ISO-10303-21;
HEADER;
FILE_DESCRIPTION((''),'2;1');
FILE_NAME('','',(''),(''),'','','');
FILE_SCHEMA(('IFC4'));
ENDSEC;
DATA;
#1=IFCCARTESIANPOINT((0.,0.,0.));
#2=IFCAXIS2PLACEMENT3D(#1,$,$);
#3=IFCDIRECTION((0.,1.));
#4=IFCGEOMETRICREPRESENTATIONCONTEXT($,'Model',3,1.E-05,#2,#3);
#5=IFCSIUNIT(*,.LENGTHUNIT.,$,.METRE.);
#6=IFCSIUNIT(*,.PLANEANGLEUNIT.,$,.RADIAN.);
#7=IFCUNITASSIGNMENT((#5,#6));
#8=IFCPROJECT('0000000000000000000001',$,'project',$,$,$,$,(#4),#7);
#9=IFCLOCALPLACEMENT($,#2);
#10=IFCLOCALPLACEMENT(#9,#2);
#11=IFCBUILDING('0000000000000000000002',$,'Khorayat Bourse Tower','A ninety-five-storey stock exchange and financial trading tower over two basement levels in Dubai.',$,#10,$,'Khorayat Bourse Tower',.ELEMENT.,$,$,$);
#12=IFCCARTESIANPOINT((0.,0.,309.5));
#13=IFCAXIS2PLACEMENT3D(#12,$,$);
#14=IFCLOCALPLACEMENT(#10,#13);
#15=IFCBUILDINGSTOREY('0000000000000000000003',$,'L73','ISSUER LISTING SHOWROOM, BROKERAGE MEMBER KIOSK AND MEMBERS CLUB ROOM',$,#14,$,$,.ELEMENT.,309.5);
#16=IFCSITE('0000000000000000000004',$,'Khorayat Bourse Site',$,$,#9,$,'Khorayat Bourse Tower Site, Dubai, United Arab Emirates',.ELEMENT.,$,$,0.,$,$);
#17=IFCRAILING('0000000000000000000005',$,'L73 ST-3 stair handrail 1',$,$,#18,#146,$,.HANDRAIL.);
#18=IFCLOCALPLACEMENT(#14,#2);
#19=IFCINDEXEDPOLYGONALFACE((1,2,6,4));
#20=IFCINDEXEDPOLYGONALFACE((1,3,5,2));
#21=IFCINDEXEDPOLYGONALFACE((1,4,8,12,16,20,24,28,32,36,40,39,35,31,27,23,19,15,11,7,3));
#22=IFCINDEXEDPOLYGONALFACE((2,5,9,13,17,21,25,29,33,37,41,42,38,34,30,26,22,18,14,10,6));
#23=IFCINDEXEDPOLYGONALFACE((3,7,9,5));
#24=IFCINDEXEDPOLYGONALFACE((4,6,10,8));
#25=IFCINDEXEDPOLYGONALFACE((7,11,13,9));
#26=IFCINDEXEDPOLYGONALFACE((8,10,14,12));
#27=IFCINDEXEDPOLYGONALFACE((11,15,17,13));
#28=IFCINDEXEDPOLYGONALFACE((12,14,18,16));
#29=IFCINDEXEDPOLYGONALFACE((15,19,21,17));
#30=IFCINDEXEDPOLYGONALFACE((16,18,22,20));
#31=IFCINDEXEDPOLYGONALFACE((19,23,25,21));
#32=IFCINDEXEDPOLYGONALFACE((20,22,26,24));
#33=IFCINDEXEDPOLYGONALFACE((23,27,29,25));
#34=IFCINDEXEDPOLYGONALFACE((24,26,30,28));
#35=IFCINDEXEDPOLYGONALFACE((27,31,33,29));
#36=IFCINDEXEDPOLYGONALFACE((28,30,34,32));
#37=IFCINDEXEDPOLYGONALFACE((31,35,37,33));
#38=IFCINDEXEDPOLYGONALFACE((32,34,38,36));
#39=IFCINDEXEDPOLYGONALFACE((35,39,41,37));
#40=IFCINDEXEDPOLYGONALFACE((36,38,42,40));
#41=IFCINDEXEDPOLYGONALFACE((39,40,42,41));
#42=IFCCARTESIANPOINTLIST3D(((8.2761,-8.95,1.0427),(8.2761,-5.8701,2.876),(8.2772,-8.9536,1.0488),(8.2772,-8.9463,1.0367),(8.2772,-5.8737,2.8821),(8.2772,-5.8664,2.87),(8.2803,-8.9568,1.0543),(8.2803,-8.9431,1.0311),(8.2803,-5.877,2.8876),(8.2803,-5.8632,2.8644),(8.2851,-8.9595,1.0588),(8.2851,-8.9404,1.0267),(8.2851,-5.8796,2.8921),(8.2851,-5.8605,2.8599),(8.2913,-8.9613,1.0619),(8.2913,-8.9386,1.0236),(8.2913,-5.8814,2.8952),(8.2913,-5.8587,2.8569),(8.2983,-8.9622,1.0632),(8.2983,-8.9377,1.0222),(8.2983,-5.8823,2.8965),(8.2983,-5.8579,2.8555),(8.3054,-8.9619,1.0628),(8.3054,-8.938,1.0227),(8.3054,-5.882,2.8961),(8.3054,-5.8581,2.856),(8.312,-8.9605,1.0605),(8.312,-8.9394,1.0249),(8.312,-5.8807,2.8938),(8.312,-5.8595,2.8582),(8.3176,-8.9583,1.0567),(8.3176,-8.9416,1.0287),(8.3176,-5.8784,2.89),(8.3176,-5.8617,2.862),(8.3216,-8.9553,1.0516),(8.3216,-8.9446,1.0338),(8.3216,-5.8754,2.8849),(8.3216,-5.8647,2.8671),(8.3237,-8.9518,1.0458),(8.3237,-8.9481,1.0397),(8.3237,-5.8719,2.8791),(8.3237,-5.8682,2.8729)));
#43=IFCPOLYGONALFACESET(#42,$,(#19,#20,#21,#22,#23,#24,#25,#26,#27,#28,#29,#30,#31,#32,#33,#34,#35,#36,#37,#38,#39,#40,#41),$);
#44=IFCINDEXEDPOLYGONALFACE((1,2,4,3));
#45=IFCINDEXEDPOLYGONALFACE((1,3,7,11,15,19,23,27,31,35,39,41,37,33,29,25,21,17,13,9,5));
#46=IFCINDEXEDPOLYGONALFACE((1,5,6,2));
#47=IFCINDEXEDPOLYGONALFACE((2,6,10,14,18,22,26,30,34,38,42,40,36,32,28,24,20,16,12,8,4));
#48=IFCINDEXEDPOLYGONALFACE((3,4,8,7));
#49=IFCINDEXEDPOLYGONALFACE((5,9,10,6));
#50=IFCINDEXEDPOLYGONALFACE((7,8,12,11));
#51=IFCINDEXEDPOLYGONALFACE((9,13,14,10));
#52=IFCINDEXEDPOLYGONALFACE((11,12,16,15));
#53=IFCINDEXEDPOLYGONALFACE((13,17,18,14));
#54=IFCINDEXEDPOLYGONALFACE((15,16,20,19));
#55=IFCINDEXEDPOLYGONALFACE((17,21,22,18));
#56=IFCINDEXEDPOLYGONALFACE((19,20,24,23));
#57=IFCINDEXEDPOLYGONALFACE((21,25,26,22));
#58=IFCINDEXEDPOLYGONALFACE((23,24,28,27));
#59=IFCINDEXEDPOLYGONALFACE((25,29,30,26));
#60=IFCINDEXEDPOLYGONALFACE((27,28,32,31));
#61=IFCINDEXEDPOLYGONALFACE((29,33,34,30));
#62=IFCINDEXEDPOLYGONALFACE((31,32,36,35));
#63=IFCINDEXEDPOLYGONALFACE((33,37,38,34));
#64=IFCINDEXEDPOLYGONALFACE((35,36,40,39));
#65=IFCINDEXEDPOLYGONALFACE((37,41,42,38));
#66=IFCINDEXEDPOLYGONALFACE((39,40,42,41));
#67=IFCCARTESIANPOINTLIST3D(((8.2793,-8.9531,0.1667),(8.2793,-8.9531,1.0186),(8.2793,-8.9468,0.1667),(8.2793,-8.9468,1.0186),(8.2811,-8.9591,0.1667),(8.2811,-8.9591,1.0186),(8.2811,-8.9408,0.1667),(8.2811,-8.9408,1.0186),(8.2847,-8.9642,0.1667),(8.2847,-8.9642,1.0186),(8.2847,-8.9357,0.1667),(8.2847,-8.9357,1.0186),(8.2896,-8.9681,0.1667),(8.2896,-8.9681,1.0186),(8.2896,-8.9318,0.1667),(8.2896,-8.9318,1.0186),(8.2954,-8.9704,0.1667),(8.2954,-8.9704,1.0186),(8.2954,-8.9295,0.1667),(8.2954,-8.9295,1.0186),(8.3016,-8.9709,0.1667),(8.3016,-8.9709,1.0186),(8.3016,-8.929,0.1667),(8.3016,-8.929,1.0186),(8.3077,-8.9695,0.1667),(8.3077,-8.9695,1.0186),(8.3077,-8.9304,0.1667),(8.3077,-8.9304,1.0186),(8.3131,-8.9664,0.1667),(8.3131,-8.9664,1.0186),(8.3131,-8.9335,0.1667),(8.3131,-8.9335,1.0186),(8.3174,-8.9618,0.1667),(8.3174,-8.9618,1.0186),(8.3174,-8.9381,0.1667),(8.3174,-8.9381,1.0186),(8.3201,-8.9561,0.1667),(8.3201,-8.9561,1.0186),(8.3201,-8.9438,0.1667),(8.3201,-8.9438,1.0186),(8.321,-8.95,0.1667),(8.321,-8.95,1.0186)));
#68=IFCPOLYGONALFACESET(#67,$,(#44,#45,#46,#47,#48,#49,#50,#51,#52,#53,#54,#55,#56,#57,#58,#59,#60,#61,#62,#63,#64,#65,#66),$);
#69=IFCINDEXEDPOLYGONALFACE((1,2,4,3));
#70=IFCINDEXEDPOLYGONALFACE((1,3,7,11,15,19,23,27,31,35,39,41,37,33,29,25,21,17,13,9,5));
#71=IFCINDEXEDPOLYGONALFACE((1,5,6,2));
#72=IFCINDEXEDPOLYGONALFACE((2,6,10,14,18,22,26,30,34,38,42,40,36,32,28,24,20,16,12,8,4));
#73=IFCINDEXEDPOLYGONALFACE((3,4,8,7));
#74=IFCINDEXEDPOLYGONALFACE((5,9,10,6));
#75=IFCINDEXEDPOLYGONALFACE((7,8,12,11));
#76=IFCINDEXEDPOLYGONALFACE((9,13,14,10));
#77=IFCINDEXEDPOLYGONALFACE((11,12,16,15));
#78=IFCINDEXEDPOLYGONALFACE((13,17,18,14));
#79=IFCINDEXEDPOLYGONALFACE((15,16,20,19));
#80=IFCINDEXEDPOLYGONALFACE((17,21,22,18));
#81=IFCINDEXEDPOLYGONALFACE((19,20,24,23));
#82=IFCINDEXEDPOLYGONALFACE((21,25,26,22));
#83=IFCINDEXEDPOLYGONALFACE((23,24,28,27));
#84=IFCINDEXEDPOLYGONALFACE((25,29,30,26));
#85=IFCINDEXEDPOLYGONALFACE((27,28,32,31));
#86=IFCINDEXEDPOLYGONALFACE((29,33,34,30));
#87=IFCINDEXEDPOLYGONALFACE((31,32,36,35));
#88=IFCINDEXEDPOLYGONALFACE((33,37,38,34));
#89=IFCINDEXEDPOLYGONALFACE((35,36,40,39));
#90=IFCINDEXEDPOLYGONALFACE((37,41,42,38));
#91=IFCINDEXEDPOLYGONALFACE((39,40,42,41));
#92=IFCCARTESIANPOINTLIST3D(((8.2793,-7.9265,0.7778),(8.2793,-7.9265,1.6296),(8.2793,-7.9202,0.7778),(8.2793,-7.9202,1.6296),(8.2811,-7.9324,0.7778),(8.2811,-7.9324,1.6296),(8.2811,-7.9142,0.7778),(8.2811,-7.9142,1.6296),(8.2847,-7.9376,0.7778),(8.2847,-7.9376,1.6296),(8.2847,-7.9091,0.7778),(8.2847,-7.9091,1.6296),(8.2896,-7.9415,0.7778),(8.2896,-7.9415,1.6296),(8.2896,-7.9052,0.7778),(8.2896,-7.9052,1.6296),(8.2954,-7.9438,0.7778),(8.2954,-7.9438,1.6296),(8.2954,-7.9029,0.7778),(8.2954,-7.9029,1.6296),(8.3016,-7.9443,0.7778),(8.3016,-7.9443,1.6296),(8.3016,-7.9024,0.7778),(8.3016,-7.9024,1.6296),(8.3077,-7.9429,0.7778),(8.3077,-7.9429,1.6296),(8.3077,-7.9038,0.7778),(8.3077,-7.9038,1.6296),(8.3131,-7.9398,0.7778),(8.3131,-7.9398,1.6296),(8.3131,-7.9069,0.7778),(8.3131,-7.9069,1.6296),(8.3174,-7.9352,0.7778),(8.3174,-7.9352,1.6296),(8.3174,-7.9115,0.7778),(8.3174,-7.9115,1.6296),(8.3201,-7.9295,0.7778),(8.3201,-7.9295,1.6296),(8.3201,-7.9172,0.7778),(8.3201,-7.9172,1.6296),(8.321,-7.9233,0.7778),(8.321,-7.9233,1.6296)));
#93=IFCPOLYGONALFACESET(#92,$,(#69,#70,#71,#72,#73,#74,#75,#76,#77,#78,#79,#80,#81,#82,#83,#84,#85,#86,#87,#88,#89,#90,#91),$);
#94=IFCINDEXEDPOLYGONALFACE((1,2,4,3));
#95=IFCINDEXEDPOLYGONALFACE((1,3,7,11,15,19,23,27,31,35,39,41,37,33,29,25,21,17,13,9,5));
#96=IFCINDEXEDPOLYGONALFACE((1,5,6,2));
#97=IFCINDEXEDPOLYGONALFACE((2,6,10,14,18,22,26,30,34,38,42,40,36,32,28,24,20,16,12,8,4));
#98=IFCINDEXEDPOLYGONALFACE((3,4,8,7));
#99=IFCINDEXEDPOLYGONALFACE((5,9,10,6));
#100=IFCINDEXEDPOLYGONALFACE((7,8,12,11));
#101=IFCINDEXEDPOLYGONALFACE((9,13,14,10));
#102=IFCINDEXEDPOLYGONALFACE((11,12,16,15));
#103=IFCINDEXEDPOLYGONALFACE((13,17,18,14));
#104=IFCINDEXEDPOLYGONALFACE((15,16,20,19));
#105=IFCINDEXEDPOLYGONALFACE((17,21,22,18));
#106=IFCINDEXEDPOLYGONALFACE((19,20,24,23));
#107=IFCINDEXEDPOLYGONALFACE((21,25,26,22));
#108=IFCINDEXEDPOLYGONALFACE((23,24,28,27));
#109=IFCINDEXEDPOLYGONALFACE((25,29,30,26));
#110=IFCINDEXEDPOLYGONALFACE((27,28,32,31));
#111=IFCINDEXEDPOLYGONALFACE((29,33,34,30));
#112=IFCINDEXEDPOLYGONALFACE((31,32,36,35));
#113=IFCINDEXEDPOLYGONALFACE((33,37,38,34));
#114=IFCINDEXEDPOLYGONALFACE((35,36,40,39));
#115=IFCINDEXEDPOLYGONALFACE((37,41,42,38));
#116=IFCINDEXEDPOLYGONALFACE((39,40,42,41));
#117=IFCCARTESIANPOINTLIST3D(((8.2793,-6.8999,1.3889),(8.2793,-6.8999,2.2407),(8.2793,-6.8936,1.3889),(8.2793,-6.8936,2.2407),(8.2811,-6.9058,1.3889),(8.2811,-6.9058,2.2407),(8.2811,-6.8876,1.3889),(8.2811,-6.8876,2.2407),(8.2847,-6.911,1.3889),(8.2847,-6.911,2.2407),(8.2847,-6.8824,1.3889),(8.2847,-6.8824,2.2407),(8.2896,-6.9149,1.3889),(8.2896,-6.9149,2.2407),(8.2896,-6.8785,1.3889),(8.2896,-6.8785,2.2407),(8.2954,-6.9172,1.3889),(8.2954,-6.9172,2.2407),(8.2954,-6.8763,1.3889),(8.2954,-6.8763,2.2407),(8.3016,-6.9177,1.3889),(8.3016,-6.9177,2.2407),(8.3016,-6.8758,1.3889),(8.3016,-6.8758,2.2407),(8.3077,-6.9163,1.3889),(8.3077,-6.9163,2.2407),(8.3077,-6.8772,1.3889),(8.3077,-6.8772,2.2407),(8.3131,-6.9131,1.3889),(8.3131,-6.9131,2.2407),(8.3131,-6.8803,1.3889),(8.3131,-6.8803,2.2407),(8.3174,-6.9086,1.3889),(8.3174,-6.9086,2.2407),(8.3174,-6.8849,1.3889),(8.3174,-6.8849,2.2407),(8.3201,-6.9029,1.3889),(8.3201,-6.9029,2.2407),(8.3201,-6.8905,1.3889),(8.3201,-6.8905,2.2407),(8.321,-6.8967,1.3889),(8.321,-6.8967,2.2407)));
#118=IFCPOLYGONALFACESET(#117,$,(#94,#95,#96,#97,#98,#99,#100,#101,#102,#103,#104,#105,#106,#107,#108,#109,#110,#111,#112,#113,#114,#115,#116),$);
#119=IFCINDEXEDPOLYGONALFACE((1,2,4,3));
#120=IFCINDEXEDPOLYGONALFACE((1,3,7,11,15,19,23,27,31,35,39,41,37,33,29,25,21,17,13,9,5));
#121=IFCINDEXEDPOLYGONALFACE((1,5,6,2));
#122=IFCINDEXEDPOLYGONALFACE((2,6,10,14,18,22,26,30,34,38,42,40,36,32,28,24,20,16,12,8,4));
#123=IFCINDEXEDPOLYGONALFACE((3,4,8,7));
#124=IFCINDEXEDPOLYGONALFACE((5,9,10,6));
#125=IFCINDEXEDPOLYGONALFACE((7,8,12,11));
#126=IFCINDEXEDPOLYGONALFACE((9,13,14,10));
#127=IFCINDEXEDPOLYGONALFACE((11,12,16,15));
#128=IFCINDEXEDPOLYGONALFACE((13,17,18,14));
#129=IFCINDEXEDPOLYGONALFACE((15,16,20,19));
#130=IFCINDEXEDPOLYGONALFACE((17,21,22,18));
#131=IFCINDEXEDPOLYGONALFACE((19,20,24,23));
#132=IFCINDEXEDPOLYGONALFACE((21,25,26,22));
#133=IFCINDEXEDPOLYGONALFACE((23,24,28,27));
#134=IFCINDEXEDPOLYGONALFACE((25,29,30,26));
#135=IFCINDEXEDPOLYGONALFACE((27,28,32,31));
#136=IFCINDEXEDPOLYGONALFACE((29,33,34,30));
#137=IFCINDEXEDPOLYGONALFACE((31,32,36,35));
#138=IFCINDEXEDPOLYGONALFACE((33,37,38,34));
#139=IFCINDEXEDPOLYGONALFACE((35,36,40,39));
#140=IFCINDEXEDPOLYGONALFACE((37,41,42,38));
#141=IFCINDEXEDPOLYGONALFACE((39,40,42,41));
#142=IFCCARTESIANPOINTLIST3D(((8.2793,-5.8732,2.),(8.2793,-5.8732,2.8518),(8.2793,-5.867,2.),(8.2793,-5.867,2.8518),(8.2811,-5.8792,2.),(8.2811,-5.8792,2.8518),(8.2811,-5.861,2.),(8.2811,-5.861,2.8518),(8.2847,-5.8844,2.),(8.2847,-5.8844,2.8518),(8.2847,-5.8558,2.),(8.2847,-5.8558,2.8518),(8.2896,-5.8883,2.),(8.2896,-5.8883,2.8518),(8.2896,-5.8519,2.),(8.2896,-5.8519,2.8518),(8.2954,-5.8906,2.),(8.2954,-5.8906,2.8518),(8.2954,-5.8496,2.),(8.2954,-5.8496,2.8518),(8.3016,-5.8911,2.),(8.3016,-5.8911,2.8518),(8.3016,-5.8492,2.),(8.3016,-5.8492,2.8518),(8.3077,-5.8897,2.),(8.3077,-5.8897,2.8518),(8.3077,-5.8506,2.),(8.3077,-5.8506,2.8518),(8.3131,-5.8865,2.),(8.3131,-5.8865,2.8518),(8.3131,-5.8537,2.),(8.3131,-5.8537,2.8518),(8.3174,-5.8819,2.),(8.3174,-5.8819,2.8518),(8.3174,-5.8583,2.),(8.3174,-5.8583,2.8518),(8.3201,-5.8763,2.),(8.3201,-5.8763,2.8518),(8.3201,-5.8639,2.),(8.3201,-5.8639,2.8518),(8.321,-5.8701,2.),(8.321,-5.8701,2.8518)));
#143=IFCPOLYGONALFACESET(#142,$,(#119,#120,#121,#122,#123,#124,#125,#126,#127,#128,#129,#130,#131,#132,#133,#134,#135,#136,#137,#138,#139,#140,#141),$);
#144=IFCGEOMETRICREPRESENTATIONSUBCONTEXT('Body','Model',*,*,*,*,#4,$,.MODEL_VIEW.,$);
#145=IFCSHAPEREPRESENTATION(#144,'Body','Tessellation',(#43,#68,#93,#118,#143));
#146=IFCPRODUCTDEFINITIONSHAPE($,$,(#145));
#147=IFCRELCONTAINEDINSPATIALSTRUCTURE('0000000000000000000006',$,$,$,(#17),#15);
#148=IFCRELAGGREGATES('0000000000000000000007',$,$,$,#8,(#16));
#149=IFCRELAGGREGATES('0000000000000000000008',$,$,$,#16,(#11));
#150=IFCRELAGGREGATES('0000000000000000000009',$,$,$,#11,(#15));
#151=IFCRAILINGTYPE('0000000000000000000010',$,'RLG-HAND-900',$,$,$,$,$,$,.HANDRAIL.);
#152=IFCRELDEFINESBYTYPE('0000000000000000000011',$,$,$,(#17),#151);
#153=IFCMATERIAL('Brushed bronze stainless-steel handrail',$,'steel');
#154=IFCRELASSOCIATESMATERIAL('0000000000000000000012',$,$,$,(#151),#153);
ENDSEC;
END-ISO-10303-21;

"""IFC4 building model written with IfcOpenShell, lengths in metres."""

from ifc_helpers import new_model, si_unit, direction, frame, origin, origin_2d, place, context, subcontext, project, spatial, circle, extrude, source, transform, mapped, material, type_object, element, save


model = new_model("IFC4")

# Units and contexts
model_context = context("Model", 3, precision=1e-05, world=origin(), true_north=direction((0.0, 1.0)))
body_context = subcontext(model_context, "Body", "Model", "MODEL_VIEW")
ifc_project = project(units=[si_unit("LENGTHUNIT", "METRE"), si_unit("PLANEANGLEUNIT", "RADIAN")], contexts=[model_context])

# Site, building, storey
site_placement = place(None, origin())
site = spatial("IfcSite", under=ifc_project, at=site_placement, Name="Khorayat Bourse Site", LongName="Khorayat Bourse Tower Site, Dubai, United Arab Emirates", CompositionType="ELEMENT", RefElevation=0.0)
building_placement = place(site_placement, origin())
building = spatial("IfcBuilding", under=site, at=building_placement, Name="Khorayat Bourse Tower", Description="A ninety-five-storey stock exchange and financial trading tower over two basement levels in Dubai.", LongName="Khorayat Bourse Tower", CompositionType="ELEMENT")
storey_placement = place(building_placement, frame((0.0, 0.0, 309.5)))
storey = spatial("IfcBuildingStorey", under=building, at=storey_placement, Name="L73", Description="ISSUER LISTING SHOWROOM, BROKERAGE MEMBER KIOSK AND MEMBERS CLUB ROOM", CompositionType="ELEMENT", Elevation=309.5)

# Railing
ifc_material_1 = material(Name="Brushed bronze stainless-steel handrail", Category="steel")
railing_type_1 = type_object("IfcRailingType", Name="RLG-HAND-900", PredefinedType="HANDRAIL", material=ifc_material_1)
shared_shape_1 = source(origin(), body_context, "Body", "SweptSolid", [
    extrude(circle(Radius=0.0239, at=origin_2d()), frame((0.0, 0.0, 0.876), z_axis=(0.0, 0.859291, 0.511487), x_axis=(-1.0, 0.0, 0.0)), (0.0, 0.0, 1.0), 3.5842),
    extrude(circle(Radius=0.021, at=origin_2d()), origin(), (0.0, 0.0, 1.0), 0.8518),
    extrude(circle(Radius=0.021, at=origin_2d()), frame((0.0, 1.0266, 0.6111)), (0.0, 0.0, 1.0), 0.8518),
    extrude(circle(Radius=0.021, at=origin_2d()), frame((0.0, 2.0532, 1.2222)), (0.0, 0.0, 1.0), 0.8518),
    extrude(circle(Radius=0.021, at=origin_2d()), frame((0.0, 3.0798, 1.8333)), (0.0, 0.0, 1.0), 0.8518),
])
railing_1_placement = place(storey_placement, frame((8.3, -8.95, 0.1667)))
element("IfcRailing", 1, at=railing_1_placement, inside=storey, type_object=railing_type_1, Name="L73 ST-3 stair handrail 1", PredefinedType="HANDRAIL", context=body_context, shape_type="MappedRepresentation", body=[
    mapped(shared_shape_1, transform((0.0, 0.0, 0.0), scale=1.0)),
])

save(model, "model.ifc")
